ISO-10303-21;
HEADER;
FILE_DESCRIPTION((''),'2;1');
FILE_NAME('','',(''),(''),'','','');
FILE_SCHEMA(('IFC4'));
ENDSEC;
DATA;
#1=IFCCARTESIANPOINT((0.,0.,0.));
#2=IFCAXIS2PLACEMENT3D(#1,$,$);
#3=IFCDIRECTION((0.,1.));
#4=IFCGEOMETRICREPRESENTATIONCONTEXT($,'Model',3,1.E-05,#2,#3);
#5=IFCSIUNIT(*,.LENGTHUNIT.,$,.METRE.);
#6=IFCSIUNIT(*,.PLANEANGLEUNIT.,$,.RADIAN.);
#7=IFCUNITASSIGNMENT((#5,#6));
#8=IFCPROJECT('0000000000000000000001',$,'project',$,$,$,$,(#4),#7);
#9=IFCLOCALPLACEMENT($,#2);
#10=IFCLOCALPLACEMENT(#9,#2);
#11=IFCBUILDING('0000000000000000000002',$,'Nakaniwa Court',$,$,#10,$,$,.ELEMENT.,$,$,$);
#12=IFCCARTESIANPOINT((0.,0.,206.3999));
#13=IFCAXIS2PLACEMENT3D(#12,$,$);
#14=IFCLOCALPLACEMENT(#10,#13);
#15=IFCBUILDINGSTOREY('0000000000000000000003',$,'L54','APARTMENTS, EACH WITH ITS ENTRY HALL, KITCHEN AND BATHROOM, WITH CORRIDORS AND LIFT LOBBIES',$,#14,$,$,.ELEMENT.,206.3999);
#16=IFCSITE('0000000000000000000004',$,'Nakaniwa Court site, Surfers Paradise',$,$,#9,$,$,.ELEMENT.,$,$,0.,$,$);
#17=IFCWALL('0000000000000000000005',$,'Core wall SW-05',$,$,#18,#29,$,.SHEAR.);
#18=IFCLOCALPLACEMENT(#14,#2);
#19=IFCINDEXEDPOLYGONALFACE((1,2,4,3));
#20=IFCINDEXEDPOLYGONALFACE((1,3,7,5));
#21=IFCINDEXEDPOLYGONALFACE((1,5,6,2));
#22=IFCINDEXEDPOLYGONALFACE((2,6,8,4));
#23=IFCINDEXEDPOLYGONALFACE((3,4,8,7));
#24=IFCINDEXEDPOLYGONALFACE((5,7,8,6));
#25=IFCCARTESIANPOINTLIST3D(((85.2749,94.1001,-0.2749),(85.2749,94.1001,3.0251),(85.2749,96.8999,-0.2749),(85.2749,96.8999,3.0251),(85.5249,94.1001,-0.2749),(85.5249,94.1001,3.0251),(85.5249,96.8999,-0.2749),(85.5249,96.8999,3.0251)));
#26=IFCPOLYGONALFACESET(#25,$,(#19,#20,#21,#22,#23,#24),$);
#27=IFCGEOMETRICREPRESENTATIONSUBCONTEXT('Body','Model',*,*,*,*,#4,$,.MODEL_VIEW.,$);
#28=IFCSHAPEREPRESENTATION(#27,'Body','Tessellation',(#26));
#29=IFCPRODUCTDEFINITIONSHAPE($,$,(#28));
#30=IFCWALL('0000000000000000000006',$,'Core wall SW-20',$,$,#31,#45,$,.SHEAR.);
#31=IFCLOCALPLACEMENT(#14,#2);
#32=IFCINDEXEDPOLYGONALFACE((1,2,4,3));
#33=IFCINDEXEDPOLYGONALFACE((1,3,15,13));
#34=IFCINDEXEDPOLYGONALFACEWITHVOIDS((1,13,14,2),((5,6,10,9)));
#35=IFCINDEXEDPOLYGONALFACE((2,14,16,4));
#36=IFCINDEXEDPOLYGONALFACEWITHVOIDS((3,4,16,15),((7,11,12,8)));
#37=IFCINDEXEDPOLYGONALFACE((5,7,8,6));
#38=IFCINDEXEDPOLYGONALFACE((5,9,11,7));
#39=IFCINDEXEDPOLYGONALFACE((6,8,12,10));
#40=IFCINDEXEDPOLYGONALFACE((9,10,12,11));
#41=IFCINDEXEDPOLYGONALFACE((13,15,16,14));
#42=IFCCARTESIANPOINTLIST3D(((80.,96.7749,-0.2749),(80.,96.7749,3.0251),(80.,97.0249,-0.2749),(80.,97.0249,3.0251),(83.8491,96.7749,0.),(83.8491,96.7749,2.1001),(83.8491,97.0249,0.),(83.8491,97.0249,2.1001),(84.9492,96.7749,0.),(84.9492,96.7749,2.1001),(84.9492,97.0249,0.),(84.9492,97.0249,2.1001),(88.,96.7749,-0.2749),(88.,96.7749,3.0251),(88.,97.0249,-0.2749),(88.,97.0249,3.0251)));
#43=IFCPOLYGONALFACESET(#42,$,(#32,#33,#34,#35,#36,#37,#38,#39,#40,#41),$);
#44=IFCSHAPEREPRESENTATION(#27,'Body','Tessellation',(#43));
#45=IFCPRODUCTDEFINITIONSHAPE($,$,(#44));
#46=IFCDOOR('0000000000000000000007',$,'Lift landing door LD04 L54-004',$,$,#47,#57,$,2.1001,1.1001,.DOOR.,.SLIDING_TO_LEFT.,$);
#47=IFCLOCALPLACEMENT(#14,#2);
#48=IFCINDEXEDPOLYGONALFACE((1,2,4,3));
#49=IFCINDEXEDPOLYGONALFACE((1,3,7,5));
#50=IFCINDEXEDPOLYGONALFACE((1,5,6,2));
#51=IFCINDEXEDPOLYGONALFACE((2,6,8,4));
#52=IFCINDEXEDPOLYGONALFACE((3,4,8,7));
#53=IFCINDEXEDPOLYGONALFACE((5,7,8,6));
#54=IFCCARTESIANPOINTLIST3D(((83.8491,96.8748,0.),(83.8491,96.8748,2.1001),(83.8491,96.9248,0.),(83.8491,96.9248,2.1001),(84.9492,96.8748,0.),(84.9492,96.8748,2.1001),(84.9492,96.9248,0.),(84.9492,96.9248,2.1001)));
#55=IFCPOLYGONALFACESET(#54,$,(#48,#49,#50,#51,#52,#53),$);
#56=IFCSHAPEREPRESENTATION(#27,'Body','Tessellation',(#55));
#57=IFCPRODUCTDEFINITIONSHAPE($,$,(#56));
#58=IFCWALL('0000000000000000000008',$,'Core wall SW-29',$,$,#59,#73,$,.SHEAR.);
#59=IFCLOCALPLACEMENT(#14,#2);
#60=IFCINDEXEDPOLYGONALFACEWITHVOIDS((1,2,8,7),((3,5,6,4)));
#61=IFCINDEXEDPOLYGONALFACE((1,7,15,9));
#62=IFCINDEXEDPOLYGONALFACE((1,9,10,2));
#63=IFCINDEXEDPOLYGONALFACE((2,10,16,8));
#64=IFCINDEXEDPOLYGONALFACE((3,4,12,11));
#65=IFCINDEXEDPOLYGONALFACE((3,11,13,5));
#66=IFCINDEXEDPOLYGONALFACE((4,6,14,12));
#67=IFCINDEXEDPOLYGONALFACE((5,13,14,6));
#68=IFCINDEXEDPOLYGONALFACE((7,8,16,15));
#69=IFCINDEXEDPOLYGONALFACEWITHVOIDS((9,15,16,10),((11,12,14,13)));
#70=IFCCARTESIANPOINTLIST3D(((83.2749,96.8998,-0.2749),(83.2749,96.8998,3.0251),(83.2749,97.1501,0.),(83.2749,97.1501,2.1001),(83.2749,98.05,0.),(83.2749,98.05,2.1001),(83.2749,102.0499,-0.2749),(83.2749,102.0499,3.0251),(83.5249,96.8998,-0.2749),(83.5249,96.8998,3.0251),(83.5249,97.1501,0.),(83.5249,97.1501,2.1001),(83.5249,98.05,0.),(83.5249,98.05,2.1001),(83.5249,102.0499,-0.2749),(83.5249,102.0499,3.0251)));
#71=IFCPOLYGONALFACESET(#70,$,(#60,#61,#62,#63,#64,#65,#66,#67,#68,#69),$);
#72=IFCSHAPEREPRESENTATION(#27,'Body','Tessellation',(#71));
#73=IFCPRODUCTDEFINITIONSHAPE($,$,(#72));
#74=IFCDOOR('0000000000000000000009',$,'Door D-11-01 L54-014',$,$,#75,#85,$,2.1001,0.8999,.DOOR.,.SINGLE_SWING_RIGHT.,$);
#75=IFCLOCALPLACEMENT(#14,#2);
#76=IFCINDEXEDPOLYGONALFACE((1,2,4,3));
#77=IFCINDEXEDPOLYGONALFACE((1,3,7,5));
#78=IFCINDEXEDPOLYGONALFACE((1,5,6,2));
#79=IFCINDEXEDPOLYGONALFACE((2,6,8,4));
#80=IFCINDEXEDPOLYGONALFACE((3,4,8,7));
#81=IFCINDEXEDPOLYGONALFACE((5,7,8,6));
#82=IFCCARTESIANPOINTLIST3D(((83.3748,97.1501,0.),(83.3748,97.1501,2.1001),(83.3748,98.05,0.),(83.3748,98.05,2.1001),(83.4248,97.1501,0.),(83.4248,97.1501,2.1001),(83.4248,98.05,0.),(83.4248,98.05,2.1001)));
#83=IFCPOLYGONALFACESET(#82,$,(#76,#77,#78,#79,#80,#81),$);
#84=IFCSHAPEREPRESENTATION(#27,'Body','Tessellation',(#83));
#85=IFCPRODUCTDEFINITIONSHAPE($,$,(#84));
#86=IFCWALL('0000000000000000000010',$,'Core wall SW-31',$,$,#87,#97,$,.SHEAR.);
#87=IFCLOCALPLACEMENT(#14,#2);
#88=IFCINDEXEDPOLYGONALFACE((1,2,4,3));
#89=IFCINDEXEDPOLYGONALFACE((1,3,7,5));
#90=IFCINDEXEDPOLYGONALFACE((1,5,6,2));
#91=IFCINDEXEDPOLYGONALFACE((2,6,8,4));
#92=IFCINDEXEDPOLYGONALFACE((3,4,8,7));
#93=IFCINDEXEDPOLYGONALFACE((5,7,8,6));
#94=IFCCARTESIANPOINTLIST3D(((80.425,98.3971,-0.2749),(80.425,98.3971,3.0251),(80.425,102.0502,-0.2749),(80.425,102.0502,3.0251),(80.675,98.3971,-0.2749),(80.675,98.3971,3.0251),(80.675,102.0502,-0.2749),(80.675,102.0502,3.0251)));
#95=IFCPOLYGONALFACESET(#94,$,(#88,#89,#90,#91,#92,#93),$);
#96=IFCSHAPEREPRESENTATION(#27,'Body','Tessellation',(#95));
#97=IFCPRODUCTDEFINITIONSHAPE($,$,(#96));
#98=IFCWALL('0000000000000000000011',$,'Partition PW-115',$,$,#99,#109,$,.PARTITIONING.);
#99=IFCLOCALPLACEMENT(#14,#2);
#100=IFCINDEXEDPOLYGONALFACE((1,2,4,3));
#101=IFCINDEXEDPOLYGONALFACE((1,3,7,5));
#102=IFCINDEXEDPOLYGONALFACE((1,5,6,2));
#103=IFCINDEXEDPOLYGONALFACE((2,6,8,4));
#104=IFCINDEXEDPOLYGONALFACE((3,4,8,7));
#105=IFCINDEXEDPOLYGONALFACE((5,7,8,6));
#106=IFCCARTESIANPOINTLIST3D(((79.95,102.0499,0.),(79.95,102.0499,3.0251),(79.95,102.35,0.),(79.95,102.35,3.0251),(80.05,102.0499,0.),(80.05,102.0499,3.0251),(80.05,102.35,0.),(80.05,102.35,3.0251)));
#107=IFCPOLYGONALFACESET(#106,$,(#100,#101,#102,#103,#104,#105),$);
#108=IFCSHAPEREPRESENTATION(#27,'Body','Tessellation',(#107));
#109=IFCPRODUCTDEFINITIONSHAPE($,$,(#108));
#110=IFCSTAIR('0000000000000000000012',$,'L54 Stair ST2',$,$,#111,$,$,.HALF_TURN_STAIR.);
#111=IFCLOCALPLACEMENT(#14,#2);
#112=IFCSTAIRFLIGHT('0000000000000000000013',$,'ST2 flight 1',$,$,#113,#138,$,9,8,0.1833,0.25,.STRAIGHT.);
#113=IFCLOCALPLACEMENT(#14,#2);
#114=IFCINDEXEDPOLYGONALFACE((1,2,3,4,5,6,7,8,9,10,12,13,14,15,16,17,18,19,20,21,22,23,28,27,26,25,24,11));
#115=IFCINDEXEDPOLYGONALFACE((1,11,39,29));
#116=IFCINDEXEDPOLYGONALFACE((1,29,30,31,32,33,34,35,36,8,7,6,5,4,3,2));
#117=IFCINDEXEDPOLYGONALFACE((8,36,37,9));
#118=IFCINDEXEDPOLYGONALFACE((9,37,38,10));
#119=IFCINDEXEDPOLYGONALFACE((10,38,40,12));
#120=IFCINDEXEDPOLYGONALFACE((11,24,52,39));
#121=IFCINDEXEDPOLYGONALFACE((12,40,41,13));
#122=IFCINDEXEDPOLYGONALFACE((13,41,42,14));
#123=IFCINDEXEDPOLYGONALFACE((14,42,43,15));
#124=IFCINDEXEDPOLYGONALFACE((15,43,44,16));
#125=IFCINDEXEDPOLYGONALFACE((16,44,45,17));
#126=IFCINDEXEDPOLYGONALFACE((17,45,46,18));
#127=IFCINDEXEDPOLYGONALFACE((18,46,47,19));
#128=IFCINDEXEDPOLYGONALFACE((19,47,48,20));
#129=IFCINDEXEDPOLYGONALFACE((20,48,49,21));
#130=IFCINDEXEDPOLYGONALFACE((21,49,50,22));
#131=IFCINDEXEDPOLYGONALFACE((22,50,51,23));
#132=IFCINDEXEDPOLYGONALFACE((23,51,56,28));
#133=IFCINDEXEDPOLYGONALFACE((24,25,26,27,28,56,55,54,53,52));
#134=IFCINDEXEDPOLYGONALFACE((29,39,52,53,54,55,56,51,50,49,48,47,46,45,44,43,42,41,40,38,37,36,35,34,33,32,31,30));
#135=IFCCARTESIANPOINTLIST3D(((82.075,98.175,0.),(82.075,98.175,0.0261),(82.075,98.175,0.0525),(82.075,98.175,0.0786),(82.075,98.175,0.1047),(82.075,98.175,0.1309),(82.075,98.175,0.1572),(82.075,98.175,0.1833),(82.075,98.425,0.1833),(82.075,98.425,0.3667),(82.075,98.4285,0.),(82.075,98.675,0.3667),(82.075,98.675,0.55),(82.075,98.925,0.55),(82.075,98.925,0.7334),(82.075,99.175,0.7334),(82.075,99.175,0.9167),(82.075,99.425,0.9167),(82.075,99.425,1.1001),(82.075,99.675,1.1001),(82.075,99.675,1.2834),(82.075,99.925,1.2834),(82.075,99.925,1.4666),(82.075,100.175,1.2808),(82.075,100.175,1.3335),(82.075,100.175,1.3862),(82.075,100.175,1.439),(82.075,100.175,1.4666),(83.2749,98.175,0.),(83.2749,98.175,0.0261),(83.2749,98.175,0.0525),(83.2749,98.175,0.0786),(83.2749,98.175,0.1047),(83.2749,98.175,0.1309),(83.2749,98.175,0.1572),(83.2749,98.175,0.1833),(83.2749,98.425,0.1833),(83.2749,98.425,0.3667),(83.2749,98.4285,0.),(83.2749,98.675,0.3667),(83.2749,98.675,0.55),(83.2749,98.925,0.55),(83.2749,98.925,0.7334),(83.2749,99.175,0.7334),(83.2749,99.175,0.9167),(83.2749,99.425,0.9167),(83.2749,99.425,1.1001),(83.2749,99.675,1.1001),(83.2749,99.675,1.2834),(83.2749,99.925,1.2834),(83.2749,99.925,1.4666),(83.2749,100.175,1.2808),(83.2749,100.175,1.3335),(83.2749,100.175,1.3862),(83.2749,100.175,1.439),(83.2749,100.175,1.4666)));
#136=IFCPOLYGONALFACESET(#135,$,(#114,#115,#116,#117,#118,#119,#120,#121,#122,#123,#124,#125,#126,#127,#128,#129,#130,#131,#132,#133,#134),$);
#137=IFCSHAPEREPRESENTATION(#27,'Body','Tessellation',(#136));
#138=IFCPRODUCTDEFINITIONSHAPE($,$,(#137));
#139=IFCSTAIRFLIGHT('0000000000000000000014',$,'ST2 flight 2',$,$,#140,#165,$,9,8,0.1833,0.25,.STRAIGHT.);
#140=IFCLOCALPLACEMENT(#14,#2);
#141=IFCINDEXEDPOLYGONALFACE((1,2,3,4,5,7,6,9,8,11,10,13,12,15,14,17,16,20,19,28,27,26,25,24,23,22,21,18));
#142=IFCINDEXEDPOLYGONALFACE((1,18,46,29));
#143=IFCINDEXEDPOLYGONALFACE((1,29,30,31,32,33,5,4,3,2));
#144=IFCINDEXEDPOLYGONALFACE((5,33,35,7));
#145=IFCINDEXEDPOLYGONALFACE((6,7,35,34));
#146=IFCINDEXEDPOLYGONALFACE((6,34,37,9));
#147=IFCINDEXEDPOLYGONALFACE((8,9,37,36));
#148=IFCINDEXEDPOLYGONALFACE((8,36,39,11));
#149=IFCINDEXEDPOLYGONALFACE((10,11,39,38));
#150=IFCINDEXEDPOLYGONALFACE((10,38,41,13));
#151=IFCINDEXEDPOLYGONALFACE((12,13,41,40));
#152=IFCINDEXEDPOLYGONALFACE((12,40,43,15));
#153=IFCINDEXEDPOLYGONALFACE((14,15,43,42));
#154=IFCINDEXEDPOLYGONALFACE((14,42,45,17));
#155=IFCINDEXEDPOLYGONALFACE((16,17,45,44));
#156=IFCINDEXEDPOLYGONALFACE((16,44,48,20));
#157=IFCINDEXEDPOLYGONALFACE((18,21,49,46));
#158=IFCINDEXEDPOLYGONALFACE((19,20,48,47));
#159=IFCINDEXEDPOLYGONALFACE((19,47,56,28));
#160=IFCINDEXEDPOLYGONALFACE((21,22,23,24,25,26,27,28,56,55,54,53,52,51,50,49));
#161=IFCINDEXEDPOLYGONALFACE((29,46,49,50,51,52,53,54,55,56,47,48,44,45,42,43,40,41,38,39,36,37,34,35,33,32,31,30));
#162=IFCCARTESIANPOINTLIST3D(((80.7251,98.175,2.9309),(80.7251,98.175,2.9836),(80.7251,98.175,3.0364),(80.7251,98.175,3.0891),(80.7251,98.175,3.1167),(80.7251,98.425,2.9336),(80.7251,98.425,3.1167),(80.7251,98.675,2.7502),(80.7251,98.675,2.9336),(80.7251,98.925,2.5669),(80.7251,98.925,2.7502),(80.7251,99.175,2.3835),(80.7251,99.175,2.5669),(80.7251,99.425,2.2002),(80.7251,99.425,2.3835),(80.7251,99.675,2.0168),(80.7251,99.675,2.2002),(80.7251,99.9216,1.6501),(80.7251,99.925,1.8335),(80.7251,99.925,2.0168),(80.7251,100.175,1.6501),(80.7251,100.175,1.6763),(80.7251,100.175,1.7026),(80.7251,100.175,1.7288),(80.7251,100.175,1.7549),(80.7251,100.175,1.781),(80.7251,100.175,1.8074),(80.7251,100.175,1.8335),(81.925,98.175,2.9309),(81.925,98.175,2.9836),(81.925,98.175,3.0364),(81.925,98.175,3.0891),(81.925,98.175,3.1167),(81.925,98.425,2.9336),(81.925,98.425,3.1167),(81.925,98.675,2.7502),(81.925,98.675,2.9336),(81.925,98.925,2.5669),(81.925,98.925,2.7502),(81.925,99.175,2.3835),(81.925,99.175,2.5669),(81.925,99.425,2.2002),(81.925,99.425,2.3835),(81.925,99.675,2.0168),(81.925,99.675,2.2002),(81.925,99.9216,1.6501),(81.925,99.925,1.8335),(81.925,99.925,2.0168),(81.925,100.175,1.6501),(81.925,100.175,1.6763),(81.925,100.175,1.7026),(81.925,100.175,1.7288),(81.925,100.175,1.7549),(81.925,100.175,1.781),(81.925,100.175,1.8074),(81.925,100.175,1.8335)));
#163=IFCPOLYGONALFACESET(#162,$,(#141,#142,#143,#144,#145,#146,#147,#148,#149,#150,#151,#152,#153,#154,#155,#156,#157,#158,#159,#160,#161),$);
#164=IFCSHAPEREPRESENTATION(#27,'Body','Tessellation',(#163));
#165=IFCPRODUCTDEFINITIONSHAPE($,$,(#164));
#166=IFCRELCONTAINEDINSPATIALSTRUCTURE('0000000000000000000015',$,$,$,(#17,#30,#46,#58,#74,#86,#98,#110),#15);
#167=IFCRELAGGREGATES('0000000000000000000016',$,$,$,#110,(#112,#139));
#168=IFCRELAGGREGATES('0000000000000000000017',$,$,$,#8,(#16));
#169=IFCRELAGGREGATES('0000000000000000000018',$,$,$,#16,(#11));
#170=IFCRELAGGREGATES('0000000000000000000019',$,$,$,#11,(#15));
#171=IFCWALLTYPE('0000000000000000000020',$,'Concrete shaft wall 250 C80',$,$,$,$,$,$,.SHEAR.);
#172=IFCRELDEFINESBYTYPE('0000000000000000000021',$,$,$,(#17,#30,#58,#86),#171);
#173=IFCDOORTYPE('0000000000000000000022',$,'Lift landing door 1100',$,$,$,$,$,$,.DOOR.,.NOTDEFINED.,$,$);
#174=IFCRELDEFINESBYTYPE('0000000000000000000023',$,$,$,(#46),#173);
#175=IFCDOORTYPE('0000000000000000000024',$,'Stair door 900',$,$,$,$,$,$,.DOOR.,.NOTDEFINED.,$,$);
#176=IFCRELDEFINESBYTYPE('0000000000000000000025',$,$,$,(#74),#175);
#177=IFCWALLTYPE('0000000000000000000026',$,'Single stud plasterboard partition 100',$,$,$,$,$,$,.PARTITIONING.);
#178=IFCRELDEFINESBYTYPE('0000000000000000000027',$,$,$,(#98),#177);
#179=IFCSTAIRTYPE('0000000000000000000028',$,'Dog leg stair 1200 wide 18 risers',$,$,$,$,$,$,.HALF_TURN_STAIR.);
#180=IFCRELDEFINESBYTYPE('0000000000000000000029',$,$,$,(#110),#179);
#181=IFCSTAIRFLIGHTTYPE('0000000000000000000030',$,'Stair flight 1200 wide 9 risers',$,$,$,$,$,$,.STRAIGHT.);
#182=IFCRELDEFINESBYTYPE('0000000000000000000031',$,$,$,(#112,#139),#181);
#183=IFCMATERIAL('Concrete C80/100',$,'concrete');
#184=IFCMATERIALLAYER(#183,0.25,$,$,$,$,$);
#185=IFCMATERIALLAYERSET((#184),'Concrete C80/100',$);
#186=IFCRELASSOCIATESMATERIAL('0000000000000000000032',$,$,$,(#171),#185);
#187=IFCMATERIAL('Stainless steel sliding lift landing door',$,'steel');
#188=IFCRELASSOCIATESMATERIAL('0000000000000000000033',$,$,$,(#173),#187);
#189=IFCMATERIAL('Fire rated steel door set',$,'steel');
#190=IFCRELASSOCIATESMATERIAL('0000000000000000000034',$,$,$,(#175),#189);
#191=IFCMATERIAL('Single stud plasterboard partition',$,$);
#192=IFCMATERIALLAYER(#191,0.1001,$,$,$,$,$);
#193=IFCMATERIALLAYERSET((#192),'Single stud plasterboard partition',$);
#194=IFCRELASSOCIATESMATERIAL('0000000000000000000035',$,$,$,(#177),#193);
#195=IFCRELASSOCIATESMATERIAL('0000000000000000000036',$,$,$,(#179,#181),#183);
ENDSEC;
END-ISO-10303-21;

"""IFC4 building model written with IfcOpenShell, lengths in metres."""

from ifc_helpers import new_model, si_unit, direction, frame, frame_2d, origin, place, context, subcontext, project, spatial, polyline, rectangle, outline, extrude, material, layer, layer_set, type_object, element, fill, aggregate, save


model = new_model("IFC4")

# Units and contexts
model_context = context("Model", 3, precision=1e-05, world=origin(), true_north=direction((0.0, 1.0)))
body_context = subcontext(model_context, "Body", "Model", "MODEL_VIEW")
ifc_project = project(units=[si_unit("LENGTHUNIT", "METRE"), si_unit("PLANEANGLEUNIT", "RADIAN")], contexts=[model_context])

# Site, building, storey
site_placement = place(None, origin())
site = spatial("IfcSite", under=ifc_project, at=site_placement, Name="Nakaniwa Court site, Surfers Paradise", CompositionType="ELEMENT", RefElevation=0.0)
building_placement = place(site_placement, origin())
building = spatial("IfcBuilding", under=site, at=building_placement, Name="Nakaniwa Court", CompositionType="ELEMENT")
storey_placement = place(building_placement, frame((0.0, 0.0, 206.3999)))
storey = spatial("IfcBuildingStorey", under=building, at=storey_placement, Name="L54", Description="APARTMENTS, EACH WITH ITS ENTRY HALL, KITCHEN AND BATHROOM, WITH CORRIDORS AND LIFT LOBBIES", CompositionType="ELEMENT", Elevation=206.3999)

# Shared definitions
ifc_material_1 = material(Name="Fire rated steel door set", Category="steel")

# Shared definitions
ifc_material_2 = material(Name="Concrete C80/100", Category="concrete")

# Wall
ifc_layer_1 = layer(ifc_material_2, 0.25)
ifc_layer_set_1 = layer_set([ifc_layer_1], Name="Concrete C80/100")
wall_type_1 = type_object("IfcWallType", Name="Concrete shaft wall 250 C80", PredefinedType="SHEAR", material=ifc_layer_set_1)
wall_1_placement = place(storey_placement, frame((85.3999, 94.1001, -0.2749), z_axis=(0.0, 0.0, 1.0), x_axis=(0.0, 1.0, 0.0)))
element("IfcWall", 1, at=wall_1_placement, inside=storey, type_object=wall_type_1, Name="Core wall SW-05", PredefinedType="SHEAR", context=body_context, shape_type="SweptSolid", body=[
    extrude(rectangle(XDim=2.7998, YDim=0.25, at=frame_2d((1.3999, 0.0))), origin(), (0.0, 0.0, 1.0), 3.3),
])

# Walls, openings, doors
wall_2_placement = place(storey_placement, frame((80.0, 96.8999, -0.2749), z_axis=(0.0, 0.0, 1.0), x_axis=(1.0, 0.0, 0.0)))
wall_2 = element("IfcWall", 2, at=wall_2_placement, inside=storey, type_object=wall_type_1, Name="Core wall SW-20", PredefinedType="SHEAR", context=body_context, shape_type="SweptSolid", body=[
    extrude(rectangle(XDim=8.0, YDim=0.25, at=frame_2d((4.0, 0.0))), origin(), (0.0, 0.0, 1.0), 3.3),
])
opening_1_placement = place(wall_2_placement, frame((3.8491, 0.0, 0.2749)))
opening_1 = element("IfcOpeningElement", 3, at=opening_1_placement, cuts=wall_2, PredefinedType="OPENING", context=body_context, shape_type="SweptSolid", body=[
    extrude(rectangle(XDim=1.1001, YDim=2.1001, at=frame_2d((0.55, 1.05))), frame((0.0, 0.135, 0.0), z_axis=(0.0, -1.0, 0.0), x_axis=(1.0, 0.0, 0.0)), (0.0, 0.0, 1.0), 0.27),
])
ifc_material_3 = material(Name="Stainless steel sliding lift landing door", Category="steel")
door_type_1 = type_object("IfcDoorType", Name="Lift landing door 1100", OperationType="NOTDEFINED", PredefinedType="DOOR", material=ifc_material_3)
door_1_placement = place(opening_1_placement, origin())
door_1 = element("IfcDoor", 4, at=door_1_placement, inside=storey, type_object=door_type_1, Name="Lift landing door LD04 L54-004", OperationType="SLIDING_TO_LEFT", OverallHeight=2.1001, OverallWidth=1.1001, PredefinedType="DOOR", context=body_context, shape_type="SweptSolid", body=[
    extrude(rectangle(XDim=1.1001, YDim=2.1001, at=frame_2d((0.55, 1.05))), frame((0.0, 0.0249, 0.0), z_axis=(0.0, -1.0, 0.0), x_axis=(1.0, 0.0, 0.0)), (0.0, 0.0, 1.0), 0.05),
])
fill(opening_1, door_1)
wall_3_placement = place(storey_placement, frame((83.3999, 102.05, -0.2749), z_axis=(0.0, 0.0, 1.0), x_axis=(0.0, -1.0, 0.0)))
wall_3 = element("IfcWall", 5, at=wall_3_placement, inside=storey, type_object=wall_type_1, Name="Core wall SW-29", PredefinedType="SHEAR", context=body_context, shape_type="SweptSolid", body=[
    extrude(rectangle(XDim=5.1501, YDim=0.25, at=frame_2d((2.5752, 0.0))), origin(), (0.0, 0.0, 1.0), 3.3),
])
opening_2_placement = place(wall_3_placement, frame((4.0, 0.0, 0.2749)))
opening_2 = element("IfcOpeningElement", 6, at=opening_2_placement, cuts=wall_3, PredefinedType="OPENING", context=body_context, shape_type="SweptSolid", body=[
    extrude(rectangle(XDim=0.8999, YDim=2.1001, at=frame_2d((0.45, 1.05))), frame((0.0, 0.135, 0.0), z_axis=(0.0, -1.0, 0.0), x_axis=(1.0, 0.0, 0.0)), (0.0, 0.0, 1.0), 0.27),
])
door_type_2 = type_object("IfcDoorType", Name="Stair door 900", OperationType="NOTDEFINED", PredefinedType="DOOR", material=ifc_material_1)
door_2_placement = place(opening_2_placement, origin())
door_2 = element("IfcDoor", 7, at=door_2_placement, inside=storey, type_object=door_type_2, Name="Door D-11-01 L54-014", OperationType="SINGLE_SWING_RIGHT", OverallHeight=2.1001, OverallWidth=0.8999, PredefinedType="DOOR", context=body_context, shape_type="SweptSolid", body=[
    extrude(rectangle(XDim=0.8999, YDim=2.1001, at=frame_2d((0.45, 1.05))), frame((0.0, 0.0249, 0.0), z_axis=(0.0, -1.0, 0.0), x_axis=(1.0, 0.0, 0.0)), (0.0, 0.0, 1.0), 0.05),
])
fill(opening_2, door_2)

# Walls
wall_4_placement = place(storey_placement, frame((80.55, 98.397, -0.2749), z_axis=(0.0, 0.0, 1.0), x_axis=(0.0, 1.0, 0.0)))
element("IfcWall", 8, at=wall_4_placement, inside=storey, type_object=wall_type_1, Name="Core wall SW-31", PredefinedType="SHEAR", context=body_context, shape_type="SweptSolid", body=[
    extrude(rectangle(XDim=3.6531, YDim=0.25, at=frame_2d((1.8267, 0.0))), origin(), (0.0, 0.0, 1.0), 3.3),
])
ifc_material_4 = material(Name="Single stud plasterboard partition")
ifc_layer_2 = layer(ifc_material_4, 0.1001)
ifc_layer_set_2 = layer_set([ifc_layer_2], Name="Single stud plasterboard partition")
wall_type_2 = type_object("IfcWallType", Name="Single stud plasterboard partition 100", PredefinedType="PARTITIONING", material=ifc_layer_set_2)
wall_5_placement = place(storey_placement, frame((80.0, 102.05, 0.0), z_axis=(0.0, 0.0, 1.0), x_axis=(0.0, 1.0, 0.0)))
element("IfcWall", 9, at=wall_5_placement, inside=storey, type_object=wall_type_2, Name="Partition PW-115", PredefinedType="PARTITIONING", context=body_context, shape_type="SweptSolid", body=[
    extrude(rectangle(XDim=0.3, YDim=0.1001, at=frame_2d((0.1499, 0.0))), origin(), (0.0, 0.0, 1.0), 3.0251),
])

# Stair, stair flights
stair_type = type_object("IfcStairType", Name="Dog leg stair 1200 wide 18 risers", PredefinedType="HALF_TURN_STAIR", material=ifc_material_2)
stair_placement = place(storey_placement, origin())
stair = element("IfcStair", 10, at=stair_placement, inside=storey, type_object=stair_type, Name="L54 Stair ST2", PredefinedType="HALF_TURN_STAIR")
stair_flight_type = type_object("IfcStairFlightType", Name="Stair flight 1200 wide 9 risers", PredefinedType="STRAIGHT", material=ifc_material_2)
stair_flight_1_placement = place(storey_placement, frame((82.675, 98.175, 0.0), z_axis=(0.0, 0.0, 1.0), x_axis=(0.0, 1.0, 0.0)))
stair_flight_1 = element("IfcStairFlight", 11, at=stair_flight_1_placement, type_object=stair_flight_type, Name="ST2 flight 1", NumberOfRisers=9, NumberOfTreads=8, PredefinedType="STRAIGHT", RiserHeight=0.1833, TreadLength=0.25, context=body_context, shape_type="SweptSolid", body=[
    extrude(outline(polyline([(0.0, 0.0), (0.0, 0.0261), (0.0, 0.0525), (0.0, 0.0786), (0.0, 0.1047), (0.0, 0.1309), (0.0, 0.1572), (0.0, 0.1833), (0.25, 0.1833), (0.25, 0.3667), (0.5, 0.3667), (0.5, 0.55), (0.75, 0.55), (0.75, 0.7334), (1.0, 0.7334), (1.0, 0.9167), (1.25, 0.9167), (1.25, 1.1001), (1.5, 1.1001), (1.5, 1.2834), (1.75, 1.2834), (1.75, 1.4666), (2.0, 1.4666), (2.0, 1.6499), (2.0, 1.5972), (2.0, 1.5444), (2.0, 1.4917), (2.0, 1.439), (2.0, 1.3862), (2.0, 1.3335), (2.0, 1.2808), (0.2534, 0.0), (0.0, 0.0)])), frame((0.0, 0.6001, 0.0), z_axis=(0.0, -1.0, 0.0), x_axis=(1.0, 0.0, 0.0)), (0.0, 0.0, 1.0), 1.2),
])
stair_flight_2_placement = place(storey_placement, frame((81.325, 100.175, 1.6501), z_axis=(0.0, 0.0, 1.0), x_axis=(0.0, -1.0, 0.0)))
stair_flight_2 = element("IfcStairFlight", 12, at=stair_flight_2_placement, type_object=stair_flight_type, Name="ST2 flight 2", NumberOfRisers=9, NumberOfTreads=8, PredefinedType="STRAIGHT", RiserHeight=0.1833, TreadLength=0.25, context=body_context, shape_type="SweptSolid", body=[
    extrude(outline(polyline([(0.0, 0.0), (0.0, 0.0261), (0.0, 0.0525), (0.0, 0.0786), (0.0, 0.1047), (0.0, 0.1309), (0.0, 0.1572), (0.0, 0.1833), (0.25, 0.1833), (0.25, 0.3667), (0.5, 0.3667), (0.5, 0.55), (0.75, 0.55), (0.75, 0.7334), (1.0, 0.7334), (1.0, 0.9167), (1.25, 0.9167), (1.25, 1.1001), (1.5, 1.1001), (1.5, 1.2834), (1.75, 1.2834), (1.75, 1.4666), (2.0, 1.4666), (2.0, 1.6499), (2.0, 1.5972), (2.0, 1.5444), (2.0, 1.4917), (2.0, 1.439), (2.0, 1.3862), (2.0, 1.3335), (2.0, 1.2808), (0.2534, 0.0), (0.0, 0.0)])), frame((0.0, 0.6001, 0.0), z_axis=(0.0, -1.0, 0.0), x_axis=(1.0, 0.0, 0.0)), (0.0, 0.0, 1.0), 1.2),
])
aggregate(stair, [stair_flight_1, stair_flight_2])

save(model, "model.ifc")
